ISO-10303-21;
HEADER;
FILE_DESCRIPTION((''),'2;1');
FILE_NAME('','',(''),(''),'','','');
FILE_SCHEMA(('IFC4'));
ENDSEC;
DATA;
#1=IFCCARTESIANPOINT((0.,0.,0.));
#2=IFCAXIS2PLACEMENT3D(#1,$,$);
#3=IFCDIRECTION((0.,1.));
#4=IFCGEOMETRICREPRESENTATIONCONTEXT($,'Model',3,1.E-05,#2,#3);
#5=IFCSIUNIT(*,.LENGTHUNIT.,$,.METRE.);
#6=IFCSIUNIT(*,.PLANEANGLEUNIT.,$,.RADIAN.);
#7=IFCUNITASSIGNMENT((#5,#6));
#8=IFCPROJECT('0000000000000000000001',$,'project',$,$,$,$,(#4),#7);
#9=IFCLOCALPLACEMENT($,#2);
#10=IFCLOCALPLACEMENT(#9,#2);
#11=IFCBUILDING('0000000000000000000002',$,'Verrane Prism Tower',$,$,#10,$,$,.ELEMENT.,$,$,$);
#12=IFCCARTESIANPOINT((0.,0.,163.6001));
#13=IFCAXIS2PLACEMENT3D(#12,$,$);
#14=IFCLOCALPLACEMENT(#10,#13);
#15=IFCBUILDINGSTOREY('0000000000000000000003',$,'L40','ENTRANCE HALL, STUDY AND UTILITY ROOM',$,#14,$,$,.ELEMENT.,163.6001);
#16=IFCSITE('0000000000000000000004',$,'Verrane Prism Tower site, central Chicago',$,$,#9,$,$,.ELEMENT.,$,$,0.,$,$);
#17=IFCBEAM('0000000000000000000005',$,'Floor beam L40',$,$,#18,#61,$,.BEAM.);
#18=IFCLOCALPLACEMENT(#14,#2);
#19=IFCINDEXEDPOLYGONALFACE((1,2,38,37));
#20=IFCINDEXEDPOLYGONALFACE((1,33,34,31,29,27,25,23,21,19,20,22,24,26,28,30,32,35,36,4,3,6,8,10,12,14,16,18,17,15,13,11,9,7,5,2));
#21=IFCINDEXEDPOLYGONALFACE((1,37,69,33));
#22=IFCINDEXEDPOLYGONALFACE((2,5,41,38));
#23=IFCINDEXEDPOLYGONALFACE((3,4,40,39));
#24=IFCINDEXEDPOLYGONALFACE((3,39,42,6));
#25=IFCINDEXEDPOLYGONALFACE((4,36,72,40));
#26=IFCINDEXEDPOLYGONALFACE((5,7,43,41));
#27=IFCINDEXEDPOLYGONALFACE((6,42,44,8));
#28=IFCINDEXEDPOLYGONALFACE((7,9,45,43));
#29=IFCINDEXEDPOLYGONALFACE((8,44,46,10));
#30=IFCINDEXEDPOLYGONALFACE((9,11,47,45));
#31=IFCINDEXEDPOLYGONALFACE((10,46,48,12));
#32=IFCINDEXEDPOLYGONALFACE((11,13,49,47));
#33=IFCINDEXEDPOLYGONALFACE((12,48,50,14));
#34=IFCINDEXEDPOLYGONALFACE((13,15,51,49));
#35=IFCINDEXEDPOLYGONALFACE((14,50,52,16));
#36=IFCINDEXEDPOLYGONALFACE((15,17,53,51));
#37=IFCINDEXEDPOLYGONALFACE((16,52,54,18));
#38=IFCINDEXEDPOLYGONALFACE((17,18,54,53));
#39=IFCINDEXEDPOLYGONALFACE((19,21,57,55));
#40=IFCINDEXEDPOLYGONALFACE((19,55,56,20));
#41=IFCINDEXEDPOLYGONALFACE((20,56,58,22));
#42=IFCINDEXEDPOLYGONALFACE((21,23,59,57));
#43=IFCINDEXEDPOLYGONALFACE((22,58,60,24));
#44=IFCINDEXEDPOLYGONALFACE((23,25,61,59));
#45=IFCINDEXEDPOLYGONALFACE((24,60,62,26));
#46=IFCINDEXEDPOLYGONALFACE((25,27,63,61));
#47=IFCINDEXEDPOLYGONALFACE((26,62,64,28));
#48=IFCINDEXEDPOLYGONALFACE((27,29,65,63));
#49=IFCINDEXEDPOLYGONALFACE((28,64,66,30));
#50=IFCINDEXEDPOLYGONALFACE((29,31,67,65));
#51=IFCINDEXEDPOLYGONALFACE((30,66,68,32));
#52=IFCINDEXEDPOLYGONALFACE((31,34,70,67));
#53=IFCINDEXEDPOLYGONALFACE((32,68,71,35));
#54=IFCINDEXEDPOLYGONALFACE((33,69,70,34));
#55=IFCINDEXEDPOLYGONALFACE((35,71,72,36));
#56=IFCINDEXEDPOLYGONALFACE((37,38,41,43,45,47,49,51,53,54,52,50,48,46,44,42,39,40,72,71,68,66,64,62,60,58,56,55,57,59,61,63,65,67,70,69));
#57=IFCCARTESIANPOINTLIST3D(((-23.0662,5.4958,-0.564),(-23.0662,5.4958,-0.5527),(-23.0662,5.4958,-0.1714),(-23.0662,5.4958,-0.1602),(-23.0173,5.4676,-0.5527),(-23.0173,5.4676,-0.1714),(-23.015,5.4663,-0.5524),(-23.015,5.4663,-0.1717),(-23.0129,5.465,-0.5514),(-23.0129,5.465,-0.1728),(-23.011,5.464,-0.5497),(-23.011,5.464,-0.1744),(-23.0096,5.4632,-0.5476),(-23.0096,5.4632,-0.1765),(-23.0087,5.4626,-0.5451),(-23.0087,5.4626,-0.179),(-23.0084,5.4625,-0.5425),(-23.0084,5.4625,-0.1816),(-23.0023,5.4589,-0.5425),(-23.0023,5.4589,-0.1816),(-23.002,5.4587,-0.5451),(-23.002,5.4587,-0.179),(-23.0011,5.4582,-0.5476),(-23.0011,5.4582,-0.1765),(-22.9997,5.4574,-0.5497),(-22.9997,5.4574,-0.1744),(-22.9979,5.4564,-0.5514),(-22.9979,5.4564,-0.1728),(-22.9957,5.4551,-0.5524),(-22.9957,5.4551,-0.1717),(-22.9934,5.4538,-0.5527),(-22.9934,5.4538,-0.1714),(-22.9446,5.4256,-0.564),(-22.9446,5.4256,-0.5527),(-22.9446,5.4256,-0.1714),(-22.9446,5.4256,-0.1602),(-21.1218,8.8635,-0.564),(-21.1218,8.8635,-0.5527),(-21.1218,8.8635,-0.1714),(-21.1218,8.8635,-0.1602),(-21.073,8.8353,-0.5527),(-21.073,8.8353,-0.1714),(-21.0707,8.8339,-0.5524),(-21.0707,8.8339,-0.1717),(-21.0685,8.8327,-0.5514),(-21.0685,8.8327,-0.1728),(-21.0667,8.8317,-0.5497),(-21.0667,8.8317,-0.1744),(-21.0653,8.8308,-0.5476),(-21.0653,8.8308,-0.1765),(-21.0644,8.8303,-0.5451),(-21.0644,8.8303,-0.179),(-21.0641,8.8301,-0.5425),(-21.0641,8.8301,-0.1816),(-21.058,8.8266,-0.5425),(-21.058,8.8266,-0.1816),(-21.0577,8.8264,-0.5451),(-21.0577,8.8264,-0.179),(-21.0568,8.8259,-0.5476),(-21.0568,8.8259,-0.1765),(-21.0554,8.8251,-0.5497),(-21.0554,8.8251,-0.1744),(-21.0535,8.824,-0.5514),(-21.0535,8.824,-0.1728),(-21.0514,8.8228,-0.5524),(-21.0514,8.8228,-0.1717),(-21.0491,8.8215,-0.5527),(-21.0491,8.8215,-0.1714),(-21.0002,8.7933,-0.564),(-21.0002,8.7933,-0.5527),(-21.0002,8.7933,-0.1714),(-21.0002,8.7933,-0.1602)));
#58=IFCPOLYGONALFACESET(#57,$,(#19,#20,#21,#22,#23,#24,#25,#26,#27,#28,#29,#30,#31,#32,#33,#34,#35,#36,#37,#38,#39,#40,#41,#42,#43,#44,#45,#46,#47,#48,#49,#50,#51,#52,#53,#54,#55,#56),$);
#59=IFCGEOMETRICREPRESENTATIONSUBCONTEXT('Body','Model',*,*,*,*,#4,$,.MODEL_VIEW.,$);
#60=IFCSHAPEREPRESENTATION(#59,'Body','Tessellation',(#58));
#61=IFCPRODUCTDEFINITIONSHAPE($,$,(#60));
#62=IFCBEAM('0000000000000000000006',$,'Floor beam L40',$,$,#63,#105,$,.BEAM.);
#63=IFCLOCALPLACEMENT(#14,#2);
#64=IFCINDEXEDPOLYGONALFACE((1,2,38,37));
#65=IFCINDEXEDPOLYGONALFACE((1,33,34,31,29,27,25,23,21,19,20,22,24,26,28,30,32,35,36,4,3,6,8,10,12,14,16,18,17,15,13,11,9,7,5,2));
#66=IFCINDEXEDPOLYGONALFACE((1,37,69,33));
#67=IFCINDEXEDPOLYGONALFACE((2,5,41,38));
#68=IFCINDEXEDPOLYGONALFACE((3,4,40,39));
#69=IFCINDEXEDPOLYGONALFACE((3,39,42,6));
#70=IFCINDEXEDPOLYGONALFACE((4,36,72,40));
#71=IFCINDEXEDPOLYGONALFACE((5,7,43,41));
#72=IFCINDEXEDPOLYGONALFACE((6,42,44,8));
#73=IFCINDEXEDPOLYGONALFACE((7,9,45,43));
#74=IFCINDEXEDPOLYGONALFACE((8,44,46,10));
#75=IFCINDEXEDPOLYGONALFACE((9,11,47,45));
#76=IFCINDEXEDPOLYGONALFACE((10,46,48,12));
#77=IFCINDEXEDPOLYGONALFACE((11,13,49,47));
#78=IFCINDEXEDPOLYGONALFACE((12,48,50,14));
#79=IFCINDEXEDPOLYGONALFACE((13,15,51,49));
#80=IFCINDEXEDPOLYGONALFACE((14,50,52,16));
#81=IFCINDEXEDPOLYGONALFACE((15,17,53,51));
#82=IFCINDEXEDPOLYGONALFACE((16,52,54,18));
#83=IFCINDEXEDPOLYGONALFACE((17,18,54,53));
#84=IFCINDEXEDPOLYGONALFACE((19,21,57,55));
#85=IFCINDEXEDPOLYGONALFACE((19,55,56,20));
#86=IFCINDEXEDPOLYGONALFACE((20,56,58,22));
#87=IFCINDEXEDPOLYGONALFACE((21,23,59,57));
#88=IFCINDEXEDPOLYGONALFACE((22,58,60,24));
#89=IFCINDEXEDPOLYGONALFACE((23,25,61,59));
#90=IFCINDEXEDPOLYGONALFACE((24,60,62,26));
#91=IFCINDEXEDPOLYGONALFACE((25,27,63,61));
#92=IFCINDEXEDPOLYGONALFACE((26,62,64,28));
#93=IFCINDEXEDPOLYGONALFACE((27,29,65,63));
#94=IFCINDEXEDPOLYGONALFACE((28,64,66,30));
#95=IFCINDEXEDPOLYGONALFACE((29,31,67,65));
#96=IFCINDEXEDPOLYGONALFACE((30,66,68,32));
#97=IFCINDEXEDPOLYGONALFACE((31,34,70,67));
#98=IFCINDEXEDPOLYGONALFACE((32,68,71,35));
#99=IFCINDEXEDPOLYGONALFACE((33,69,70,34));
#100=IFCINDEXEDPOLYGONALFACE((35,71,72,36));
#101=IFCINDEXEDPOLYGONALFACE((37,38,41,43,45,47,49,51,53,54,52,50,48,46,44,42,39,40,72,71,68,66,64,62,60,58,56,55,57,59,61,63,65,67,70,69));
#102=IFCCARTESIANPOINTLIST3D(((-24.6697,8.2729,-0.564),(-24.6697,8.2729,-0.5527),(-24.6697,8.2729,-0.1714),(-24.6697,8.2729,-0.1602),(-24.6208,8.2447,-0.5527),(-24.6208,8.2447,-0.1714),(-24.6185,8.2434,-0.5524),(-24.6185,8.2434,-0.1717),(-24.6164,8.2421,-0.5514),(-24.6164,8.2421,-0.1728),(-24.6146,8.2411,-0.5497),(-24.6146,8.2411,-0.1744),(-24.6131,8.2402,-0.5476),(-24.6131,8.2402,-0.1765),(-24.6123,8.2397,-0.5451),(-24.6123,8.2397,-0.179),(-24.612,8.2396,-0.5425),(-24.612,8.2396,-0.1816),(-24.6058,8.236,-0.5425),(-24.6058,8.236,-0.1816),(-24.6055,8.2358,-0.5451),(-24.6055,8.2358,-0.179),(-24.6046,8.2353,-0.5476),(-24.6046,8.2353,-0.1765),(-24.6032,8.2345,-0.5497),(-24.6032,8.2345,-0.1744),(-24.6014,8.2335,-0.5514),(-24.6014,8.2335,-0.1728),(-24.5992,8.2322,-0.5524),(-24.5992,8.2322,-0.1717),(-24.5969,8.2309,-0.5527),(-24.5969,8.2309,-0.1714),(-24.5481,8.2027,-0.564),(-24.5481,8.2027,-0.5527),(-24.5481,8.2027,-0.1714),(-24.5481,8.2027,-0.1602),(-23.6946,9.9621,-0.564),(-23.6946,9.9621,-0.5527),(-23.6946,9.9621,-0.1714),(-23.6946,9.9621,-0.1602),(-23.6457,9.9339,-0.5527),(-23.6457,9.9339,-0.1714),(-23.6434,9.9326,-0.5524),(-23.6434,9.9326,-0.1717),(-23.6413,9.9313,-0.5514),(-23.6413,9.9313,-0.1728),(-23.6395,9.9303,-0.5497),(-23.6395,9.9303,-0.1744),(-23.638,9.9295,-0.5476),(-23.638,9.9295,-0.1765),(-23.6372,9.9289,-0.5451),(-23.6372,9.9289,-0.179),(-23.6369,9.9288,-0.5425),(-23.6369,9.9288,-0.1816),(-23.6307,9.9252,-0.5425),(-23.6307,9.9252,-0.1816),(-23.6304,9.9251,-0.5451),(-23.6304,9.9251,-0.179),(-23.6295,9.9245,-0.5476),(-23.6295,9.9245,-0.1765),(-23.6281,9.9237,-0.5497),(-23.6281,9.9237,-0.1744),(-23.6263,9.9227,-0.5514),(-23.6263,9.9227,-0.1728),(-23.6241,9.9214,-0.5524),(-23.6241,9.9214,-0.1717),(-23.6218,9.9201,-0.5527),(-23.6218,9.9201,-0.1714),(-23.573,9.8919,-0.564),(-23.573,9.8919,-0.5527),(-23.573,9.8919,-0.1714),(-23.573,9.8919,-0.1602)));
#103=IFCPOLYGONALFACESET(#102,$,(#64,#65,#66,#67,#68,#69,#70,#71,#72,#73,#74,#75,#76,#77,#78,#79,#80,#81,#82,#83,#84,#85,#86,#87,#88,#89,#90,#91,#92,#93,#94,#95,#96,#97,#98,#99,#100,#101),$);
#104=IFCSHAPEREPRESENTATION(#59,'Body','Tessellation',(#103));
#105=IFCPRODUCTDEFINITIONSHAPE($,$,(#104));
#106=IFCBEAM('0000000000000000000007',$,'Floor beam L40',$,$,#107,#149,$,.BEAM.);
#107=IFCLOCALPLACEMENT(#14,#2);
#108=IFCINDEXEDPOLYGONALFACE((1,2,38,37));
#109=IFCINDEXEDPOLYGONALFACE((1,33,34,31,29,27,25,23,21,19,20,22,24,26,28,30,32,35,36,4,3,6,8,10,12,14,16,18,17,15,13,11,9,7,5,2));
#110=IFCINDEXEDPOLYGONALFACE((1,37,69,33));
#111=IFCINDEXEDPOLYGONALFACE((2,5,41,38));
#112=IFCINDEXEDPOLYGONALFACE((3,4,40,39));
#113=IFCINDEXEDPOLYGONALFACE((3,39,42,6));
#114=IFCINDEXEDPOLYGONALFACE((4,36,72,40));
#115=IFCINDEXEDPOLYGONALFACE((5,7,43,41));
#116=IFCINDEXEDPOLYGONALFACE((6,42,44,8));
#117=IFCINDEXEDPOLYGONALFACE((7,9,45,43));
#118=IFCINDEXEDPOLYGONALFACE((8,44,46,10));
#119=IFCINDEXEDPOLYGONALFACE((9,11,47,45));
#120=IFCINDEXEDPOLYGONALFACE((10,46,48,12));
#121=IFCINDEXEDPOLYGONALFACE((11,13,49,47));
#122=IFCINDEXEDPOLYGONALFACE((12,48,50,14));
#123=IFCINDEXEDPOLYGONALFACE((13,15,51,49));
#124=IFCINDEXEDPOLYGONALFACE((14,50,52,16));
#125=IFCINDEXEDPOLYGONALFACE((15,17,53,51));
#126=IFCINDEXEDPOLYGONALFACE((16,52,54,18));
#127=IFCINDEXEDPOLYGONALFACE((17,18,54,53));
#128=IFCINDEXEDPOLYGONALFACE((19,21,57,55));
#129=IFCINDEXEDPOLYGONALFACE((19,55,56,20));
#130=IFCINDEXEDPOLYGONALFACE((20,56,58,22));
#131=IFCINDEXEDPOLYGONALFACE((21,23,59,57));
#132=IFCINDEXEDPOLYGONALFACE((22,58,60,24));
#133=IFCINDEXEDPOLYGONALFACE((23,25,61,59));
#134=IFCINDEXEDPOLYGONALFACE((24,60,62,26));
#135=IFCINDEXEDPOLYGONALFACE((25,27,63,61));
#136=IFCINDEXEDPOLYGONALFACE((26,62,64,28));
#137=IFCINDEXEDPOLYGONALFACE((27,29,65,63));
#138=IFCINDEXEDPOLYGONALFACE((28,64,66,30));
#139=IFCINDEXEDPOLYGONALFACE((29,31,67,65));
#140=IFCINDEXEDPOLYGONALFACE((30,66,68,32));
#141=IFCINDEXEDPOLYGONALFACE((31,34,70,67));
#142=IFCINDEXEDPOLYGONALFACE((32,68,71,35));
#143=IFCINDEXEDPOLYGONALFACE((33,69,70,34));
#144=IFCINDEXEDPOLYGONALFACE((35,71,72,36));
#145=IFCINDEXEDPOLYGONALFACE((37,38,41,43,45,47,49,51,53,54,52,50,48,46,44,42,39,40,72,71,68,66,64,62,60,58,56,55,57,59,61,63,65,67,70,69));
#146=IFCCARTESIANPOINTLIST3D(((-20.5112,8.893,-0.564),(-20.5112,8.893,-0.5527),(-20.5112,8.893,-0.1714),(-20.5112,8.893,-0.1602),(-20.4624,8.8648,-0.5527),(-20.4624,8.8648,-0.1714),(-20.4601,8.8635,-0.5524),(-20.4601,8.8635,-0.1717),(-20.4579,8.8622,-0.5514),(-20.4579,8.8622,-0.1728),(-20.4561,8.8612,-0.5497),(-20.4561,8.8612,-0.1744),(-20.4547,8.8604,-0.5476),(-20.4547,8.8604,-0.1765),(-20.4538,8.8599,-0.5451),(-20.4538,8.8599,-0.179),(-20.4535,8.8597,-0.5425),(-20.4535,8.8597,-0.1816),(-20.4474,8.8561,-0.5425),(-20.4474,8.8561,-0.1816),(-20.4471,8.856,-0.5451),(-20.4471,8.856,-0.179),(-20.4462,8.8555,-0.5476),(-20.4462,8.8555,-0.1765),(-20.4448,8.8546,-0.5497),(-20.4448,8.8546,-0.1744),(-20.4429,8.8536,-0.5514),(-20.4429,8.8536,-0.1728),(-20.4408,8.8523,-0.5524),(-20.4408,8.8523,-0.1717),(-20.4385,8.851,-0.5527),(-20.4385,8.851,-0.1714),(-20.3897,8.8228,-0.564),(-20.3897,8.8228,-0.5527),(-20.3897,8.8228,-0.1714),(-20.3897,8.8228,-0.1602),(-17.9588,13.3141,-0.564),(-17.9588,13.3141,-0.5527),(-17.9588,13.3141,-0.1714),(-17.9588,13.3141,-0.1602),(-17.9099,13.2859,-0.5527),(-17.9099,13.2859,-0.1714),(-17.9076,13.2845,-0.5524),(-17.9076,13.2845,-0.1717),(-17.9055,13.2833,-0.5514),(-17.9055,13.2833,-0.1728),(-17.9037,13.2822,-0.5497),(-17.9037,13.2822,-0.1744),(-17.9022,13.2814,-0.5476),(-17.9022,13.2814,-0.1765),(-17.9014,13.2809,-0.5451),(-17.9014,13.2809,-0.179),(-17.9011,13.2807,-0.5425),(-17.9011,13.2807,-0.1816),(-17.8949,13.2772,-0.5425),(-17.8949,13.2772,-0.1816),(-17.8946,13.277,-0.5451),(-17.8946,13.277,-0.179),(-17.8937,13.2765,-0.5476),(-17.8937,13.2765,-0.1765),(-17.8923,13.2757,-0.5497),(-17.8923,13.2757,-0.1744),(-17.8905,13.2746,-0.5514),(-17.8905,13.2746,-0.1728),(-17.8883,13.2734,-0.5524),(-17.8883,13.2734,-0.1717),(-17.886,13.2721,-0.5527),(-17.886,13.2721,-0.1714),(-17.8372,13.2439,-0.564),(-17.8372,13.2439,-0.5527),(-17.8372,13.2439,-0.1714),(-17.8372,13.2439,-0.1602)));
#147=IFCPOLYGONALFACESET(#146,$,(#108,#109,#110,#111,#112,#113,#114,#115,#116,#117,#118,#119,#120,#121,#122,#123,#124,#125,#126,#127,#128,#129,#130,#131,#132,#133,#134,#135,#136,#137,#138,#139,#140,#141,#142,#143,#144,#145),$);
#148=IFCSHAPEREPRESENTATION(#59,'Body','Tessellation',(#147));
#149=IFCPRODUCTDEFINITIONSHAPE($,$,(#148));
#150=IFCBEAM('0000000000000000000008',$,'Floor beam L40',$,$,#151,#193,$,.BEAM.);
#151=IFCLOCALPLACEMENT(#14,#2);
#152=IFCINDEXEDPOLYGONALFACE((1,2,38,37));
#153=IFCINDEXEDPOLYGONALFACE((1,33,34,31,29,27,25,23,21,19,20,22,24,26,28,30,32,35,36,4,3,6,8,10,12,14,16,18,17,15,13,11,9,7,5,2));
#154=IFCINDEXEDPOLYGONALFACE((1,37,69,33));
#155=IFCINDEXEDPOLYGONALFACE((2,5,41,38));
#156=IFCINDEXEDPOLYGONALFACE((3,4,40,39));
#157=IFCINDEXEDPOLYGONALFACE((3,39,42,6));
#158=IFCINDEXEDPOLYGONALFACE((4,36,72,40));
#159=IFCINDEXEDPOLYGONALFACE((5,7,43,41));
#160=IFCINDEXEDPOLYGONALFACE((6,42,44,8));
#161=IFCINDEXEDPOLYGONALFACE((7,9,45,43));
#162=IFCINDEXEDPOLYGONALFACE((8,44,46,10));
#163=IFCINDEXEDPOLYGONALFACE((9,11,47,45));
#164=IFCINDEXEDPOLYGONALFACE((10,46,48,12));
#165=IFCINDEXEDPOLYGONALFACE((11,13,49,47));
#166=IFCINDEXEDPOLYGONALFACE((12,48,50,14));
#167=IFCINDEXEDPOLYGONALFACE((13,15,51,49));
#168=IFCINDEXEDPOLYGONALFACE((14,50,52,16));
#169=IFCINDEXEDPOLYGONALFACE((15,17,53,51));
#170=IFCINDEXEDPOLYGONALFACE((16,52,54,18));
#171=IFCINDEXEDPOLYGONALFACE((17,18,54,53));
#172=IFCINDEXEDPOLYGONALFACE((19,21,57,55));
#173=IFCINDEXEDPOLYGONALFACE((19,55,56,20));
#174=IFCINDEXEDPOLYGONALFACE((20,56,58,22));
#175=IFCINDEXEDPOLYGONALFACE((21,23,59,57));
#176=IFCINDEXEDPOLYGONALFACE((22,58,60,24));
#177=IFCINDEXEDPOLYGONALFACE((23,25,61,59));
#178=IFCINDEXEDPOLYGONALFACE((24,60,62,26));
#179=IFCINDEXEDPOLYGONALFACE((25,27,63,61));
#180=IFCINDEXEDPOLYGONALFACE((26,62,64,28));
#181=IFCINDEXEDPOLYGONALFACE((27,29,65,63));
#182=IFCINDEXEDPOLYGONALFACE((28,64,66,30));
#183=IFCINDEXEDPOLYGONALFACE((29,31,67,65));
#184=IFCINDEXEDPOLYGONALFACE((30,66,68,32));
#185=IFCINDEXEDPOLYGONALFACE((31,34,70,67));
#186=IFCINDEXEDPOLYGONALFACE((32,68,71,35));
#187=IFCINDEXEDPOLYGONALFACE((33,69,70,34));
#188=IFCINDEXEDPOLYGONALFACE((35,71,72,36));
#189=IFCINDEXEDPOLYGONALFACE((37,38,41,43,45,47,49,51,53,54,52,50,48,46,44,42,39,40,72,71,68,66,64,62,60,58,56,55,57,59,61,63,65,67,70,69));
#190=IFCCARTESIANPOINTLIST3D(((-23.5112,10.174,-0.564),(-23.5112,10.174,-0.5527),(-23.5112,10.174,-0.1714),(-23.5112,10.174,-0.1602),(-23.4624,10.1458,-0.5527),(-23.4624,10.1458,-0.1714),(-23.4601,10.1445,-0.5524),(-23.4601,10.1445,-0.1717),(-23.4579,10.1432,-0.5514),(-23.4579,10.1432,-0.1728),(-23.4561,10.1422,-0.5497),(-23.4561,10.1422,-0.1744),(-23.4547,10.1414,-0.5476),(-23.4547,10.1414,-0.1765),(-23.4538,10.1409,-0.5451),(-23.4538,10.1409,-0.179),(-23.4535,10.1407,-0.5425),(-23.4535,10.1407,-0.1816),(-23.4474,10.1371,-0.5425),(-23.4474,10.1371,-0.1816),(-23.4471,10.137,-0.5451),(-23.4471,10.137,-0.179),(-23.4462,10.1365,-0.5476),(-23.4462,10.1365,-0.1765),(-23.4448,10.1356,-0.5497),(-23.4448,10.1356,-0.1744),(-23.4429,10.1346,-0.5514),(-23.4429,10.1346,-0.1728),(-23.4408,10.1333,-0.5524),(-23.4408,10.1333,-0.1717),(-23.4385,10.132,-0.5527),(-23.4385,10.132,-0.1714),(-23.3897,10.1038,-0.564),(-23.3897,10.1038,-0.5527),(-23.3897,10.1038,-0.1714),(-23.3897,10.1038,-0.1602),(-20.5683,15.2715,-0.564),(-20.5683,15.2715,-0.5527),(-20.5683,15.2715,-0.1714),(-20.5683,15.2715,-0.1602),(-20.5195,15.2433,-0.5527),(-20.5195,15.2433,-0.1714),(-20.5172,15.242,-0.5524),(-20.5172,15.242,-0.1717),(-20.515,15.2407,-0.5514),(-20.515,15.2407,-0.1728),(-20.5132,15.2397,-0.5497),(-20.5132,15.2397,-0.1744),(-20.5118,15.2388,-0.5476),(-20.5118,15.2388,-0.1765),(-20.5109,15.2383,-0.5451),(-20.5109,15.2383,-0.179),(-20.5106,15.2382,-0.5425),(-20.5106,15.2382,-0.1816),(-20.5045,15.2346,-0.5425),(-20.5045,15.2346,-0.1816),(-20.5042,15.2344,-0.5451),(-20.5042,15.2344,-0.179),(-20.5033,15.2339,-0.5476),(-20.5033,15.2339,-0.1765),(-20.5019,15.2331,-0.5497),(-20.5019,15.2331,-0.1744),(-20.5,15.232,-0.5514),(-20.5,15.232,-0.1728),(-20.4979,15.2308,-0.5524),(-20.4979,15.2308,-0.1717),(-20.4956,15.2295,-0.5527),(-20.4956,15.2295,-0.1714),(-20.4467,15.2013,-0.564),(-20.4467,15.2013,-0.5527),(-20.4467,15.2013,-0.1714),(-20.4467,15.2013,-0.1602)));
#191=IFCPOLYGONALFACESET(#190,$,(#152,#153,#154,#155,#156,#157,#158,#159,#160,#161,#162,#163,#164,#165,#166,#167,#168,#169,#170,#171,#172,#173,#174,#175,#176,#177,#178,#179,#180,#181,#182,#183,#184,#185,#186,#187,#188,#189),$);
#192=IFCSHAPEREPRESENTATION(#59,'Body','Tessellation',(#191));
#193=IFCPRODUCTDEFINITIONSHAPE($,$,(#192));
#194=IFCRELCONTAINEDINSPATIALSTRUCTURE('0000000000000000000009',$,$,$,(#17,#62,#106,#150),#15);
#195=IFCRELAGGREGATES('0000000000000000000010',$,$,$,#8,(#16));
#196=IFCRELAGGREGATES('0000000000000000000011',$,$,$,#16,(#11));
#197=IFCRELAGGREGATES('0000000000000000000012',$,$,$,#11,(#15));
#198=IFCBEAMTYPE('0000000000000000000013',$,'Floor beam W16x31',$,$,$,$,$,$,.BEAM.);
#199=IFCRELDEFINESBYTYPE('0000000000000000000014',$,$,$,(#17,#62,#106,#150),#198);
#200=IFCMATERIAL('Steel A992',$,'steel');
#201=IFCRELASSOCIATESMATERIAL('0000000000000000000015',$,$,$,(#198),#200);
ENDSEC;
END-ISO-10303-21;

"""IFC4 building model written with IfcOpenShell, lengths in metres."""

from ifc_helpers import new_model, si_unit, direction, frame, origin, origin_2d, place, context, subcontext, project, spatial, i_section, extrude, material, material_profile, profile_set, type_object, element, save


model = new_model("IFC4")

# Units and contexts
model_context = context("Model", 3, precision=1e-05, world=origin(), true_north=direction((0.0, 1.0)))
body_context = subcontext(model_context, "Body", "Model", "MODEL_VIEW")
ifc_project = project(units=[si_unit("LENGTHUNIT", "METRE"), si_unit("PLANEANGLEUNIT", "RADIAN")], contexts=[model_context])

# Site, building, storey
site_placement = place(None, origin())
site = spatial("IfcSite", under=ifc_project, at=site_placement, Name="Verrane Prism Tower site, central Chicago", CompositionType="ELEMENT", RefElevation=0.0)
building_placement = place(site_placement, origin())
building = spatial("IfcBuilding", under=site, at=building_placement, Name="Verrane Prism Tower", CompositionType="ELEMENT")
storey_placement = place(building_placement, frame((0.0, 0.0, 163.6001)))
storey = spatial("IfcBuildingStorey", under=building, at=storey_placement, Name="L40", Description="ENTRANCE HALL, STUDY AND UTILITY ROOM", CompositionType="ELEMENT", Elevation=163.6001)

# Beams
ifc_material_1 = material(Name="Steel A992", Category="steel")
ifc_material_profile_1 = material_profile(ifc_material_1, i_section(OverallWidth=0.1404, OverallDepth=0.4038, WebThickness=0.0071, FlangeThickness=0.0112, FilletRadius=0.0103, at=origin_2d()), Name="W16x31")
ifc_profile_set_1 = profile_set([ifc_material_profile_1], Name="Steel A992")
beam_type_1 = type_object("IfcBeamType", Name="Floor beam W16x31", PredefinedType="BEAM", material=ifc_profile_set_1)
beam_1_placement = place(storey_placement, frame((-23.0054, 5.4607, -0.3621), z_axis=(0.500001, 0.866025, 0.0), x_axis=(-0.866025, 0.500001, 0.0)))
element("IfcBeam", 1, at=beam_1_placement, inside=storey, type_object=beam_type_1, Name="Floor beam L40", PredefinedType="BEAM", context=body_context, shape_type="SweptSolid", body=[
    extrude(i_section(OverallWidth=0.1404, OverallDepth=0.4038, WebThickness=0.0071, FlangeThickness=0.0112, FilletRadius=0.0103, at=origin_2d()), origin(), (0.0, 0.0, 1.0), 3.8887),
])
beam_2_placement = place(storey_placement, frame((-24.6089, 8.2378, -0.3621), z_axis=(0.499936, 0.866063, 0.0), x_axis=(-0.866063, 0.499936, 0.0)))
element("IfcBeam", 2, at=beam_2_placement, inside=storey, type_object=beam_type_1, Name="Floor beam L40", PredefinedType="BEAM", context=body_context, shape_type="SweptSolid", body=[
    extrude(i_section(OverallWidth=0.1404, OverallDepth=0.4038, WebThickness=0.0071, FlangeThickness=0.0112, FilletRadius=0.0103, at=origin_2d()), origin(), (0.0, 0.0, 1.0), 1.9504),
])
beam_3_placement = place(storey_placement, frame((-20.4504, 8.8579, -0.3621), z_axis=(0.499992, 0.86603, 0.0), x_axis=(-0.86603, 0.499992, 0.0)))
element("IfcBeam", 3, at=beam_3_placement, inside=storey, type_object=beam_type_1, Name="Floor beam L40", PredefinedType="BEAM", context=body_context, shape_type="SweptSolid", body=[
    extrude(i_section(OverallWidth=0.1404, OverallDepth=0.4038, WebThickness=0.0071, FlangeThickness=0.0112, FilletRadius=0.0103, at=origin_2d()), origin(), (0.0, 0.0, 1.0), 5.105),
])
beam_4_placement = place(storey_placement, frame((-23.4504, 10.1389, -0.3621), z_axis=(0.499985, 0.866034, 0.0), x_axis=(-0.866034, 0.499985, 0.0)))
element("IfcBeam", 4, at=beam_4_placement, inside=storey, type_object=beam_type_1, Name="Floor beam L40", PredefinedType="BEAM", context=body_context, shape_type="SweptSolid", body=[
    extrude(i_section(OverallWidth=0.1404, OverallDepth=0.4038, WebThickness=0.0071, FlangeThickness=0.0112, FilletRadius=0.0103, at=origin_2d()), origin(), (0.0, 0.0, 1.0), 5.886),
])

save(model, "model.ifc")
